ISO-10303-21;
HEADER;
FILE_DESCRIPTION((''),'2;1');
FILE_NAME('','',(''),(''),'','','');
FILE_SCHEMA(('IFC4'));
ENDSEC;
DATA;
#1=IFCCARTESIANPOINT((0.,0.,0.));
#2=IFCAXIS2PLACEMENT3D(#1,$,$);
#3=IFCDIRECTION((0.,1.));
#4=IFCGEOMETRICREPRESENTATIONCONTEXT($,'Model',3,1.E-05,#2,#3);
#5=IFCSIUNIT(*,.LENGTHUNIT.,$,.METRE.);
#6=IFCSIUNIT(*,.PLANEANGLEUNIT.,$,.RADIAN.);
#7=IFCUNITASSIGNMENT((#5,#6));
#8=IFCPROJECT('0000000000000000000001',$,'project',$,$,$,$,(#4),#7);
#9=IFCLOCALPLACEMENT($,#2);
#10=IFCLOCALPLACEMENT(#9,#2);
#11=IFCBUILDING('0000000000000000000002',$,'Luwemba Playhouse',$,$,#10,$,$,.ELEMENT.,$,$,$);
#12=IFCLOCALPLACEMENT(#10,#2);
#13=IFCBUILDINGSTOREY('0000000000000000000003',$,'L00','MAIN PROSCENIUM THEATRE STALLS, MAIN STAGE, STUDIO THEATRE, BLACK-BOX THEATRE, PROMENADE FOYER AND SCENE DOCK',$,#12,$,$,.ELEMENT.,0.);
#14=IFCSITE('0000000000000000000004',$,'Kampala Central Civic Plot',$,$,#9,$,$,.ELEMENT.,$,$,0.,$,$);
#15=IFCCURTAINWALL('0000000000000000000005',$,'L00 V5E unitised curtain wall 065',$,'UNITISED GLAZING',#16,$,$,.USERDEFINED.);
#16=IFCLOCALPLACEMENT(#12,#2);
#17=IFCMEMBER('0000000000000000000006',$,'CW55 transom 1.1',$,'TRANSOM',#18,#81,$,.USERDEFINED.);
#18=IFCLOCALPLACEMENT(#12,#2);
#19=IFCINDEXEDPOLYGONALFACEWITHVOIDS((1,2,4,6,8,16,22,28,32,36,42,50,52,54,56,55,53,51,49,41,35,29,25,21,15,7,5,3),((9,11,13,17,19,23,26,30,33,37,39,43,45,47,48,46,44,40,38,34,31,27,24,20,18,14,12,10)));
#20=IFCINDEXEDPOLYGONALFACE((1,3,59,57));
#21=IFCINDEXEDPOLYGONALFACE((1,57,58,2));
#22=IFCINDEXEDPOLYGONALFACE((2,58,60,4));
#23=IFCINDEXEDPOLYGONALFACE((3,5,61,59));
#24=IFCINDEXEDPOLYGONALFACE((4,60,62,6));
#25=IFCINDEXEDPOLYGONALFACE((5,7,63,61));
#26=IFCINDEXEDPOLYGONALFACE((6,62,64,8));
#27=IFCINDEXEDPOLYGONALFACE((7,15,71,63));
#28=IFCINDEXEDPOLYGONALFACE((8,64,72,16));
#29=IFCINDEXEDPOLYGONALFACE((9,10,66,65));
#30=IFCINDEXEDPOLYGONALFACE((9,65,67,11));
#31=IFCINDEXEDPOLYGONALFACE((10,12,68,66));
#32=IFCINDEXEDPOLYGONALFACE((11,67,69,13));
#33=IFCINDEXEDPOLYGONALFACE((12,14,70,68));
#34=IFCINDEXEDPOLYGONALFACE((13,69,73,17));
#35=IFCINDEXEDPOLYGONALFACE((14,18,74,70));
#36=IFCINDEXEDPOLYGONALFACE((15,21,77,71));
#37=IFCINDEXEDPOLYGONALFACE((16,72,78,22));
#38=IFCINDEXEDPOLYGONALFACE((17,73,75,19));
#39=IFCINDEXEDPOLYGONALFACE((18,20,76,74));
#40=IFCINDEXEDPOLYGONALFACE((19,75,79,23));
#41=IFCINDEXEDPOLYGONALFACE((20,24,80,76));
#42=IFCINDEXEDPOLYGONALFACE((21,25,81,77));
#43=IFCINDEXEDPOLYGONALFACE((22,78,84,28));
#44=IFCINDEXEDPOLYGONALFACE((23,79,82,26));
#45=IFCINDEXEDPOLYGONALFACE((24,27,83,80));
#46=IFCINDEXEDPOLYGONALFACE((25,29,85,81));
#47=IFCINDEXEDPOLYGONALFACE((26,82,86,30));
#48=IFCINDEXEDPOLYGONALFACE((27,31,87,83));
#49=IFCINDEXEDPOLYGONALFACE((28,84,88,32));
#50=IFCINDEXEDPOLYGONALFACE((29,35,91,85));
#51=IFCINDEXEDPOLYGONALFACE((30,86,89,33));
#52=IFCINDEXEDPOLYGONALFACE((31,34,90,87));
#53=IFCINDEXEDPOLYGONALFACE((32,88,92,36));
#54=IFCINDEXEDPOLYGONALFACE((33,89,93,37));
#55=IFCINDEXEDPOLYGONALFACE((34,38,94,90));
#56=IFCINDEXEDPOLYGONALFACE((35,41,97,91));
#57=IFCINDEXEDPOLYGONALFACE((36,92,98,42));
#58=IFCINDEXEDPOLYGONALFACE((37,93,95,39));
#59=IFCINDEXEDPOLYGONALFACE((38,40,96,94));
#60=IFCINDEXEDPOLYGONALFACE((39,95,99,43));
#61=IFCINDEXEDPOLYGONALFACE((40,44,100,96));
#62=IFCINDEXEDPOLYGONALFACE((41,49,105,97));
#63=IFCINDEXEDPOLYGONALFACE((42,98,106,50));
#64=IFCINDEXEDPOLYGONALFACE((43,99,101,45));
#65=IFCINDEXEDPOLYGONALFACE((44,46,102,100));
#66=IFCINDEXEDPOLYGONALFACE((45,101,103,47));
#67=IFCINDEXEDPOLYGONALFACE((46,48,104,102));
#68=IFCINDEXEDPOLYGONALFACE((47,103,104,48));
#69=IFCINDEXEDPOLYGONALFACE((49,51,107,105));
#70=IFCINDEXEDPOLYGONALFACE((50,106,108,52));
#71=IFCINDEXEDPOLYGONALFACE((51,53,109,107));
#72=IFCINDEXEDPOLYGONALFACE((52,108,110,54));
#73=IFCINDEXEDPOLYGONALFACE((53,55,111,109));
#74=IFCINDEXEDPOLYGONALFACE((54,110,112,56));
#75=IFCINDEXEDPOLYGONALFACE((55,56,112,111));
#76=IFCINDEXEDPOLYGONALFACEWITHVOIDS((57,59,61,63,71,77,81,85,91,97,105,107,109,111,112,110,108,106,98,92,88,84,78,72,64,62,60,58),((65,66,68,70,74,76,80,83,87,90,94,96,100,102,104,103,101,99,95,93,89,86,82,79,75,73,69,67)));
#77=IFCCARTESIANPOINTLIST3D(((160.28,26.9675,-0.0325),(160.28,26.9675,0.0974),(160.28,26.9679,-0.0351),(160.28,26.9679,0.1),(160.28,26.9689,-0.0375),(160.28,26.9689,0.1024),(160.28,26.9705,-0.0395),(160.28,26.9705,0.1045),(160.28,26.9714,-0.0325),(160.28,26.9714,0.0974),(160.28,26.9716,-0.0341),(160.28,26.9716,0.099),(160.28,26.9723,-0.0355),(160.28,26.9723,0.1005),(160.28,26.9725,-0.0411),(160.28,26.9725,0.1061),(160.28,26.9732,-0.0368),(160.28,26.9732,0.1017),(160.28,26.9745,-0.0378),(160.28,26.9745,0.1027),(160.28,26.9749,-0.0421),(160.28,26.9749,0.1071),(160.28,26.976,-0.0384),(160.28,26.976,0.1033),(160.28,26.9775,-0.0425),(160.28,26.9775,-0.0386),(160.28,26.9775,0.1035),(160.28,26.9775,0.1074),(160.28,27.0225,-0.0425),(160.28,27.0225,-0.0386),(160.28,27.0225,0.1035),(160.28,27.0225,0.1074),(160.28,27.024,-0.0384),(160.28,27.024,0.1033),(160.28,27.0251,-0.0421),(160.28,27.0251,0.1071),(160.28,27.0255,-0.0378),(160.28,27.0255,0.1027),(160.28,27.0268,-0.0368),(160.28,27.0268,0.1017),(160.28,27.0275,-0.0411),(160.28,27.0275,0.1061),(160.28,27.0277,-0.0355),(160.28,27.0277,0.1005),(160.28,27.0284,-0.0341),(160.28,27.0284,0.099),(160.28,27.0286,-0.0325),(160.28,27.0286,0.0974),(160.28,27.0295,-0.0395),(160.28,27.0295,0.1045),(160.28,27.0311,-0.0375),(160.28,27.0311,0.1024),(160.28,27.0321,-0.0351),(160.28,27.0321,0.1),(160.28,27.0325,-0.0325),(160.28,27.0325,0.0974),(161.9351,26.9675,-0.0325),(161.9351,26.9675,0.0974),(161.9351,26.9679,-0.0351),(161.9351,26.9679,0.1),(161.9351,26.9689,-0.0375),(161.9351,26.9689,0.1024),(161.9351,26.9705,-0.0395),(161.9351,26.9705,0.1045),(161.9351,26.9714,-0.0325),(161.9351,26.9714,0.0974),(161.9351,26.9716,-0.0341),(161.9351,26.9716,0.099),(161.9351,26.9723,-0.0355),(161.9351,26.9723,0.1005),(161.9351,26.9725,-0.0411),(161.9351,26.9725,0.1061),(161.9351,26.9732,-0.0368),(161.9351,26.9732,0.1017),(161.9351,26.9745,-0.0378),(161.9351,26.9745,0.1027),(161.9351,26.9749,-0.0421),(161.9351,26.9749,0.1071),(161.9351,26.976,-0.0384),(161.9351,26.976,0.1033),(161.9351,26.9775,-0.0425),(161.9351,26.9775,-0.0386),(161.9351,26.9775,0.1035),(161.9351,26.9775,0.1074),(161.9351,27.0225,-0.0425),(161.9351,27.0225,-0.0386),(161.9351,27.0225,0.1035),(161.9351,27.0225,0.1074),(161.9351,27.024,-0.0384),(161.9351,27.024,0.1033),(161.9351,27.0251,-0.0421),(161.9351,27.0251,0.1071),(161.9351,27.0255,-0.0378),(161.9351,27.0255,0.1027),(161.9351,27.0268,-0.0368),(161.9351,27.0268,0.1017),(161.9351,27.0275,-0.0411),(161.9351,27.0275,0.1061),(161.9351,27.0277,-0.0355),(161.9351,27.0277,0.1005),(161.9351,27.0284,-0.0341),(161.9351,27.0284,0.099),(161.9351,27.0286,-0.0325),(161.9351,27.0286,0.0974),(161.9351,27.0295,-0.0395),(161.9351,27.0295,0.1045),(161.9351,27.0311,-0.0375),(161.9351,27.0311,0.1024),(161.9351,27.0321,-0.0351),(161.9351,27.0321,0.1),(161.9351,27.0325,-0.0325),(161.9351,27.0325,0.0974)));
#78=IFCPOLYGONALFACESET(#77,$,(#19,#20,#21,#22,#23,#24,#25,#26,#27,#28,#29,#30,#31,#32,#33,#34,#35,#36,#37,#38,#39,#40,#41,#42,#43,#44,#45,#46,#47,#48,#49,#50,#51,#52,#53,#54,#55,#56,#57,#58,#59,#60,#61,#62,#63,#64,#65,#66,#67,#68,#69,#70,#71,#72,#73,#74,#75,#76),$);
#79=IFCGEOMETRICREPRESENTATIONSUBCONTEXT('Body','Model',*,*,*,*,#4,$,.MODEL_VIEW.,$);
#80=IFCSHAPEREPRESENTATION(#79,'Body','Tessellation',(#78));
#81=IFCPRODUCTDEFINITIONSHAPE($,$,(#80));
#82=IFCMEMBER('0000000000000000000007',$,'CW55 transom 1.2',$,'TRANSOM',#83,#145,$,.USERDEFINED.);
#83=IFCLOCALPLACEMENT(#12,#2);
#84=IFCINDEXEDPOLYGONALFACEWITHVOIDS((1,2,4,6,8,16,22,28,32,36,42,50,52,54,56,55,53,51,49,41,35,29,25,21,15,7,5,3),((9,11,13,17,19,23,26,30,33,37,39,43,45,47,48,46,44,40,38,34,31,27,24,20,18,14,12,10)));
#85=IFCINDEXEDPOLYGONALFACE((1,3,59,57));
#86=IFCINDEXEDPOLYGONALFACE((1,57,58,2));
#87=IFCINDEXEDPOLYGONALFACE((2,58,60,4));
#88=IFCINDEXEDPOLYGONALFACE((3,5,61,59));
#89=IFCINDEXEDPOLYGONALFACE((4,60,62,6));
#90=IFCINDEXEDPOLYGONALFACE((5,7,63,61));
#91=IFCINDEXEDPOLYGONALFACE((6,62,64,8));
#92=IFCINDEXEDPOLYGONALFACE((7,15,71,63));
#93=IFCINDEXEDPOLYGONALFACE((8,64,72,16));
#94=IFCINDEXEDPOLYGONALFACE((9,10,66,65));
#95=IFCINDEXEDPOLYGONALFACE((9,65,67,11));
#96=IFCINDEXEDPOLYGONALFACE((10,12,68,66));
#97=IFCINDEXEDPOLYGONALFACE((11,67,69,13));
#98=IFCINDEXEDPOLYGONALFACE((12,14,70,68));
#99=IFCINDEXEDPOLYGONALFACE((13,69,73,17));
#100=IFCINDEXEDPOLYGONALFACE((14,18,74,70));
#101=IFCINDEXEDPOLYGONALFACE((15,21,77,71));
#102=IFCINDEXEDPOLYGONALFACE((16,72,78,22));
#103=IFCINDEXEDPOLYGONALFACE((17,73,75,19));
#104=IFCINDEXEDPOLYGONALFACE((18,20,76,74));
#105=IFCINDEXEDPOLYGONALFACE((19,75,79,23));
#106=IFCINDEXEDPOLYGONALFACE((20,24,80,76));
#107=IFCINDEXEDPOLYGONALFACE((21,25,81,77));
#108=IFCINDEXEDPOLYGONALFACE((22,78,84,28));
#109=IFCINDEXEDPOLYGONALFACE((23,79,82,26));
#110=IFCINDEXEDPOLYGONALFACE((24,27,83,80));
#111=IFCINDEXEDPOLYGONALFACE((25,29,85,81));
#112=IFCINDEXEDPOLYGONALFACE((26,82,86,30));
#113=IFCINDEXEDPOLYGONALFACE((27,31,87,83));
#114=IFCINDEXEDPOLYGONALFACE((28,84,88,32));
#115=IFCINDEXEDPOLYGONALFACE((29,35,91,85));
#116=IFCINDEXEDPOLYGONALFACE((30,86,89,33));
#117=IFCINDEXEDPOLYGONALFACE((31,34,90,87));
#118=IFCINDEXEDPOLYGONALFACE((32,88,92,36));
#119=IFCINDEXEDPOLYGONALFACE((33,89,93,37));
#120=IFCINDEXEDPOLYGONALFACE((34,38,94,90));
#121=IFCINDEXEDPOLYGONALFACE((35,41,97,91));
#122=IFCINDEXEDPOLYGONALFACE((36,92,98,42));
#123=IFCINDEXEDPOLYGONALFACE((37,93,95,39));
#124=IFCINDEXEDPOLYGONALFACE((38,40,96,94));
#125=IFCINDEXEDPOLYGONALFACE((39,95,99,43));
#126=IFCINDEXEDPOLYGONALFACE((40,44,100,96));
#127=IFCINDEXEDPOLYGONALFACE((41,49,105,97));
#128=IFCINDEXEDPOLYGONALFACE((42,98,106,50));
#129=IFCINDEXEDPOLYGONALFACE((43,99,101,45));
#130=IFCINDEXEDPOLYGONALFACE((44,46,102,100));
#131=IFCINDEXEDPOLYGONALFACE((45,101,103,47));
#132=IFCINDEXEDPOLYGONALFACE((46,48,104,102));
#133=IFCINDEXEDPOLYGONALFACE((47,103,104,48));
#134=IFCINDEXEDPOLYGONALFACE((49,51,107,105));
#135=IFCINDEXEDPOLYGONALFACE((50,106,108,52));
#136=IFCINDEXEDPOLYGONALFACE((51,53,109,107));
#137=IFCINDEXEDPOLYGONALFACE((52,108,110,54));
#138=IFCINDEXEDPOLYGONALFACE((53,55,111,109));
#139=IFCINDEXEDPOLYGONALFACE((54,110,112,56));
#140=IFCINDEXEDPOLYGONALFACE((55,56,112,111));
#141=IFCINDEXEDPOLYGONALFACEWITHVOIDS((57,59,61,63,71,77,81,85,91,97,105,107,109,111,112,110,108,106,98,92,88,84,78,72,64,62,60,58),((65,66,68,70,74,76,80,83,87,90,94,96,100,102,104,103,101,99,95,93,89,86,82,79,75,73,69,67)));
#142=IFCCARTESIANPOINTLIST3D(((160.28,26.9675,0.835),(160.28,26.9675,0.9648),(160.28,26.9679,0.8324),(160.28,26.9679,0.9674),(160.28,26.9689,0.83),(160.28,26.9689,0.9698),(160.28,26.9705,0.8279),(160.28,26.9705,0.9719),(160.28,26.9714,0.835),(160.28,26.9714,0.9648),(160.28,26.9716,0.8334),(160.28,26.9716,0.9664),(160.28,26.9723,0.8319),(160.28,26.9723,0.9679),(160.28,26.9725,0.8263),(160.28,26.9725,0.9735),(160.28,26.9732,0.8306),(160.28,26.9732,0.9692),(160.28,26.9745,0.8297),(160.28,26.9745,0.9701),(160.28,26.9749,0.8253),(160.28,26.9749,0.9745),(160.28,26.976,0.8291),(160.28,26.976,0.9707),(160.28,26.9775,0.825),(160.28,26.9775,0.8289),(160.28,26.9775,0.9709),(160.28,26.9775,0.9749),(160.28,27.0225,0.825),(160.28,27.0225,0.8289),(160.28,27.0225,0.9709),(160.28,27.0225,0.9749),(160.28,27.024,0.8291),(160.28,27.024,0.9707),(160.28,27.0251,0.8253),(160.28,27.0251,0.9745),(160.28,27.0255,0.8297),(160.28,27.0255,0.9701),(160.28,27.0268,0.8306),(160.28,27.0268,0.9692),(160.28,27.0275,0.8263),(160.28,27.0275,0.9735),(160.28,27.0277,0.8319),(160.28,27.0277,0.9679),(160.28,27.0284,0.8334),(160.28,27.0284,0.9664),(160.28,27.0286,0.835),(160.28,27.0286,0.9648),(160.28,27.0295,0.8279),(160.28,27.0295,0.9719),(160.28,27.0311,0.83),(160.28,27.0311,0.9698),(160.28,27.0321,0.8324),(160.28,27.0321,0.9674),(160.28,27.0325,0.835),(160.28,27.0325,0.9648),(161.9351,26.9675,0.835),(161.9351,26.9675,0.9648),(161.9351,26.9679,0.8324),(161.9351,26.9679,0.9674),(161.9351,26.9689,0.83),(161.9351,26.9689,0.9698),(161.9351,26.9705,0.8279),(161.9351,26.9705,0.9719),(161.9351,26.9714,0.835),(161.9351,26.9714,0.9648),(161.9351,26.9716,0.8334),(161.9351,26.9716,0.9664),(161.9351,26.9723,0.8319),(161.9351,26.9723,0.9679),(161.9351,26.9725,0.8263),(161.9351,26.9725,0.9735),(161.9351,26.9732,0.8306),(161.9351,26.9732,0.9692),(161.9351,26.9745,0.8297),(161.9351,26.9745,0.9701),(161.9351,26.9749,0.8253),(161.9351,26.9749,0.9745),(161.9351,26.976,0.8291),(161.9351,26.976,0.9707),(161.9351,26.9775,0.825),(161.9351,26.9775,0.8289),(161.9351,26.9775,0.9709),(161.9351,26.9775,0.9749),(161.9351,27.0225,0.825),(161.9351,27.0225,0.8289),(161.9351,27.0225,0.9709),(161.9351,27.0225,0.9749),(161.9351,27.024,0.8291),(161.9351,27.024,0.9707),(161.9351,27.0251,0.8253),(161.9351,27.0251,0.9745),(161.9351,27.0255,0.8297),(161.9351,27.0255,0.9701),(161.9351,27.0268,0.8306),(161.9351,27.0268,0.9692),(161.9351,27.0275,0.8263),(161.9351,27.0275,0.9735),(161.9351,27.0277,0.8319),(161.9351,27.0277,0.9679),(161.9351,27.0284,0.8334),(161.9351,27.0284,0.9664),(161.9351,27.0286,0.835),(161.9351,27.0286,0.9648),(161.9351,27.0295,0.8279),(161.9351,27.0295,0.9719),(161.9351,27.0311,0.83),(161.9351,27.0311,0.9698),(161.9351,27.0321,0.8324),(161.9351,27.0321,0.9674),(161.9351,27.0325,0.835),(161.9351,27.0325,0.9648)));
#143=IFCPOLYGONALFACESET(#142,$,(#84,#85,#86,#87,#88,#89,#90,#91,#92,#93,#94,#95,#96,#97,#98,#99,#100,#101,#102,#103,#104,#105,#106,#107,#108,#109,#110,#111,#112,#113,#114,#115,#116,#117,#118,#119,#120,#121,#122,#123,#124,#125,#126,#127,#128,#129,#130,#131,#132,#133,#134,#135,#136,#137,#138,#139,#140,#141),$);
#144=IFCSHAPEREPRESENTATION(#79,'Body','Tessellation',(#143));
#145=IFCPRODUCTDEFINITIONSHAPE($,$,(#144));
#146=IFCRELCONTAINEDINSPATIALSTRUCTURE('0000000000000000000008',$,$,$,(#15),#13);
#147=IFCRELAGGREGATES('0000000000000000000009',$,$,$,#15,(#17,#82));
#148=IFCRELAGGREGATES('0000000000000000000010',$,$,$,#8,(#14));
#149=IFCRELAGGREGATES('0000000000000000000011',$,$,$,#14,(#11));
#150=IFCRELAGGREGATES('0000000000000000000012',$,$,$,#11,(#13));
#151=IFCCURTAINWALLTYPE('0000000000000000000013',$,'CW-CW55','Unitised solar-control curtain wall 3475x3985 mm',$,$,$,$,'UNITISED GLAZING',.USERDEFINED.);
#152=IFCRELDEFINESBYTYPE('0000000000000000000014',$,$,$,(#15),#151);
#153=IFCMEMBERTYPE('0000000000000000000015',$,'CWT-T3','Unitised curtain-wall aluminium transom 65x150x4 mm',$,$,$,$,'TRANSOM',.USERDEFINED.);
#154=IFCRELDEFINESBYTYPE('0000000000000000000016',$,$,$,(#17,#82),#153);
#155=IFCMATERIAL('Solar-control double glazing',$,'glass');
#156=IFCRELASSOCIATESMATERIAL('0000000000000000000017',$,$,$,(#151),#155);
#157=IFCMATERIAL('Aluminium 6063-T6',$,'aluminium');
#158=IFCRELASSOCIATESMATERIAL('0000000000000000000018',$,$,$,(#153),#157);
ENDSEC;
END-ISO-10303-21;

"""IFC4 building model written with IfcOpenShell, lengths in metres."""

from ifc_helpers import new_model, si_unit, direction, frame, origin, origin_2d, place, context, subcontext, project, spatial, hollow_rectangle, extrude, material, material_profile, profile_set, type_object, element, aggregate, save


model = new_model("IFC4")

# Units and contexts
model_context = context("Model", 3, precision=1e-05, world=origin(), true_north=direction((0.0, 1.0)))
body_context = subcontext(model_context, "Body", "Model", "MODEL_VIEW")
ifc_project = project(units=[si_unit("LENGTHUNIT", "METRE"), si_unit("PLANEANGLEUNIT", "RADIAN")], contexts=[model_context])

# Site, building, storey
site_placement = place(None, origin())
site = spatial("IfcSite", under=ifc_project, at=site_placement, Name="Kampala Central Civic Plot", CompositionType="ELEMENT", RefElevation=0.0)
building_placement = place(site_placement, origin())
building = spatial("IfcBuilding", under=site, at=building_placement, Name="Luwemba Playhouse", CompositionType="ELEMENT")
storey_placement = place(building_placement, origin())
storey = spatial("IfcBuildingStorey", under=building, at=storey_placement, Name="L00", Description="MAIN PROSCENIUM THEATRE STALLS, MAIN STAGE, STUDIO THEATRE, BLACK-BOX THEATRE, PROMENADE FOYER AND SCENE DOCK", CompositionType="ELEMENT", Elevation=0.0)

# Shared definitions
ifc_material_1 = material(Name="Solar-control double glazing", Category="glass")
ifc_material_2 = material(Name="Aluminium 6063-T6", Category="aluminium")

# Curtain wall
curtain_wall_type_1 = type_object("IfcCurtainWallType", Name="CW-CW55", Description="Unitised solar-control curtain wall 3475x3985 mm", ElementType="UNITISED GLAZING", PredefinedType="USERDEFINED", material=ifc_material_1)
curtain_wall_1_placement = place(storey_placement, origin())
curtain_wall_1 = element("IfcCurtainWall", 1, at=curtain_wall_1_placement, inside=storey, type_object=curtain_wall_type_1, Name="L00 V5E unitised curtain wall 065", ObjectType="UNITISED GLAZING", PredefinedType="USERDEFINED")

# Members
ifc_material_profile_1 = material_profile(ifc_material_2, hollow_rectangle(XDim=0.0649, YDim=0.1499, WallThickness=0.0039, InnerFilletRadius=0.0061, OuterFilletRadius=0.01, at=origin_2d()))
ifc_profile_set_1 = profile_set([ifc_material_profile_1], Name="Aluminium 6063-T6")
member_type_1 = type_object("IfcMemberType", Name="CWT-T3", Description="Unitised curtain-wall aluminium transom 65x150x4 mm", ElementType="TRANSOM", PredefinedType="USERDEFINED", material=ifc_profile_set_1)
member_1_placement = place(storey_placement, frame((160.28, 27.0, 0.0325), z_axis=(1.0, 0.0, 0.0), x_axis=(0.0, 1.0, 0.0)))
member_1 = element("IfcMember", 2, at=member_1_placement, type_object=member_type_1, Name="CW55 transom 1.1", ObjectType="TRANSOM", PredefinedType="USERDEFINED", context=body_context, shape_type="SweptSolid", body=[
    extrude(hollow_rectangle(XDim=0.0649, YDim=0.1499, WallThickness=0.0039, InnerFilletRadius=0.0061, OuterFilletRadius=0.01, at=origin_2d()), origin(), (0.0, 0.0, 1.0), 1.655),
])
member_2_placement = place(storey_placement, frame((160.28, 27.0, 0.8999), z_axis=(1.0, 0.0, 0.0), x_axis=(0.0, 1.0, 0.0)))
member_2 = element("IfcMember", 3, at=member_2_placement, type_object=member_type_1, Name="CW55 transom 1.2", ObjectType="TRANSOM", PredefinedType="USERDEFINED", context=body_context, shape_type="SweptSolid", body=[
    extrude(hollow_rectangle(XDim=0.0649, YDim=0.1499, WallThickness=0.0039, InnerFilletRadius=0.0061, OuterFilletRadius=0.01, at=origin_2d()), origin(), (0.0, 0.0, 1.0), 1.655),
])

aggregate(curtain_wall_1, [member_1, member_2])

save(model, "model.ifc")
